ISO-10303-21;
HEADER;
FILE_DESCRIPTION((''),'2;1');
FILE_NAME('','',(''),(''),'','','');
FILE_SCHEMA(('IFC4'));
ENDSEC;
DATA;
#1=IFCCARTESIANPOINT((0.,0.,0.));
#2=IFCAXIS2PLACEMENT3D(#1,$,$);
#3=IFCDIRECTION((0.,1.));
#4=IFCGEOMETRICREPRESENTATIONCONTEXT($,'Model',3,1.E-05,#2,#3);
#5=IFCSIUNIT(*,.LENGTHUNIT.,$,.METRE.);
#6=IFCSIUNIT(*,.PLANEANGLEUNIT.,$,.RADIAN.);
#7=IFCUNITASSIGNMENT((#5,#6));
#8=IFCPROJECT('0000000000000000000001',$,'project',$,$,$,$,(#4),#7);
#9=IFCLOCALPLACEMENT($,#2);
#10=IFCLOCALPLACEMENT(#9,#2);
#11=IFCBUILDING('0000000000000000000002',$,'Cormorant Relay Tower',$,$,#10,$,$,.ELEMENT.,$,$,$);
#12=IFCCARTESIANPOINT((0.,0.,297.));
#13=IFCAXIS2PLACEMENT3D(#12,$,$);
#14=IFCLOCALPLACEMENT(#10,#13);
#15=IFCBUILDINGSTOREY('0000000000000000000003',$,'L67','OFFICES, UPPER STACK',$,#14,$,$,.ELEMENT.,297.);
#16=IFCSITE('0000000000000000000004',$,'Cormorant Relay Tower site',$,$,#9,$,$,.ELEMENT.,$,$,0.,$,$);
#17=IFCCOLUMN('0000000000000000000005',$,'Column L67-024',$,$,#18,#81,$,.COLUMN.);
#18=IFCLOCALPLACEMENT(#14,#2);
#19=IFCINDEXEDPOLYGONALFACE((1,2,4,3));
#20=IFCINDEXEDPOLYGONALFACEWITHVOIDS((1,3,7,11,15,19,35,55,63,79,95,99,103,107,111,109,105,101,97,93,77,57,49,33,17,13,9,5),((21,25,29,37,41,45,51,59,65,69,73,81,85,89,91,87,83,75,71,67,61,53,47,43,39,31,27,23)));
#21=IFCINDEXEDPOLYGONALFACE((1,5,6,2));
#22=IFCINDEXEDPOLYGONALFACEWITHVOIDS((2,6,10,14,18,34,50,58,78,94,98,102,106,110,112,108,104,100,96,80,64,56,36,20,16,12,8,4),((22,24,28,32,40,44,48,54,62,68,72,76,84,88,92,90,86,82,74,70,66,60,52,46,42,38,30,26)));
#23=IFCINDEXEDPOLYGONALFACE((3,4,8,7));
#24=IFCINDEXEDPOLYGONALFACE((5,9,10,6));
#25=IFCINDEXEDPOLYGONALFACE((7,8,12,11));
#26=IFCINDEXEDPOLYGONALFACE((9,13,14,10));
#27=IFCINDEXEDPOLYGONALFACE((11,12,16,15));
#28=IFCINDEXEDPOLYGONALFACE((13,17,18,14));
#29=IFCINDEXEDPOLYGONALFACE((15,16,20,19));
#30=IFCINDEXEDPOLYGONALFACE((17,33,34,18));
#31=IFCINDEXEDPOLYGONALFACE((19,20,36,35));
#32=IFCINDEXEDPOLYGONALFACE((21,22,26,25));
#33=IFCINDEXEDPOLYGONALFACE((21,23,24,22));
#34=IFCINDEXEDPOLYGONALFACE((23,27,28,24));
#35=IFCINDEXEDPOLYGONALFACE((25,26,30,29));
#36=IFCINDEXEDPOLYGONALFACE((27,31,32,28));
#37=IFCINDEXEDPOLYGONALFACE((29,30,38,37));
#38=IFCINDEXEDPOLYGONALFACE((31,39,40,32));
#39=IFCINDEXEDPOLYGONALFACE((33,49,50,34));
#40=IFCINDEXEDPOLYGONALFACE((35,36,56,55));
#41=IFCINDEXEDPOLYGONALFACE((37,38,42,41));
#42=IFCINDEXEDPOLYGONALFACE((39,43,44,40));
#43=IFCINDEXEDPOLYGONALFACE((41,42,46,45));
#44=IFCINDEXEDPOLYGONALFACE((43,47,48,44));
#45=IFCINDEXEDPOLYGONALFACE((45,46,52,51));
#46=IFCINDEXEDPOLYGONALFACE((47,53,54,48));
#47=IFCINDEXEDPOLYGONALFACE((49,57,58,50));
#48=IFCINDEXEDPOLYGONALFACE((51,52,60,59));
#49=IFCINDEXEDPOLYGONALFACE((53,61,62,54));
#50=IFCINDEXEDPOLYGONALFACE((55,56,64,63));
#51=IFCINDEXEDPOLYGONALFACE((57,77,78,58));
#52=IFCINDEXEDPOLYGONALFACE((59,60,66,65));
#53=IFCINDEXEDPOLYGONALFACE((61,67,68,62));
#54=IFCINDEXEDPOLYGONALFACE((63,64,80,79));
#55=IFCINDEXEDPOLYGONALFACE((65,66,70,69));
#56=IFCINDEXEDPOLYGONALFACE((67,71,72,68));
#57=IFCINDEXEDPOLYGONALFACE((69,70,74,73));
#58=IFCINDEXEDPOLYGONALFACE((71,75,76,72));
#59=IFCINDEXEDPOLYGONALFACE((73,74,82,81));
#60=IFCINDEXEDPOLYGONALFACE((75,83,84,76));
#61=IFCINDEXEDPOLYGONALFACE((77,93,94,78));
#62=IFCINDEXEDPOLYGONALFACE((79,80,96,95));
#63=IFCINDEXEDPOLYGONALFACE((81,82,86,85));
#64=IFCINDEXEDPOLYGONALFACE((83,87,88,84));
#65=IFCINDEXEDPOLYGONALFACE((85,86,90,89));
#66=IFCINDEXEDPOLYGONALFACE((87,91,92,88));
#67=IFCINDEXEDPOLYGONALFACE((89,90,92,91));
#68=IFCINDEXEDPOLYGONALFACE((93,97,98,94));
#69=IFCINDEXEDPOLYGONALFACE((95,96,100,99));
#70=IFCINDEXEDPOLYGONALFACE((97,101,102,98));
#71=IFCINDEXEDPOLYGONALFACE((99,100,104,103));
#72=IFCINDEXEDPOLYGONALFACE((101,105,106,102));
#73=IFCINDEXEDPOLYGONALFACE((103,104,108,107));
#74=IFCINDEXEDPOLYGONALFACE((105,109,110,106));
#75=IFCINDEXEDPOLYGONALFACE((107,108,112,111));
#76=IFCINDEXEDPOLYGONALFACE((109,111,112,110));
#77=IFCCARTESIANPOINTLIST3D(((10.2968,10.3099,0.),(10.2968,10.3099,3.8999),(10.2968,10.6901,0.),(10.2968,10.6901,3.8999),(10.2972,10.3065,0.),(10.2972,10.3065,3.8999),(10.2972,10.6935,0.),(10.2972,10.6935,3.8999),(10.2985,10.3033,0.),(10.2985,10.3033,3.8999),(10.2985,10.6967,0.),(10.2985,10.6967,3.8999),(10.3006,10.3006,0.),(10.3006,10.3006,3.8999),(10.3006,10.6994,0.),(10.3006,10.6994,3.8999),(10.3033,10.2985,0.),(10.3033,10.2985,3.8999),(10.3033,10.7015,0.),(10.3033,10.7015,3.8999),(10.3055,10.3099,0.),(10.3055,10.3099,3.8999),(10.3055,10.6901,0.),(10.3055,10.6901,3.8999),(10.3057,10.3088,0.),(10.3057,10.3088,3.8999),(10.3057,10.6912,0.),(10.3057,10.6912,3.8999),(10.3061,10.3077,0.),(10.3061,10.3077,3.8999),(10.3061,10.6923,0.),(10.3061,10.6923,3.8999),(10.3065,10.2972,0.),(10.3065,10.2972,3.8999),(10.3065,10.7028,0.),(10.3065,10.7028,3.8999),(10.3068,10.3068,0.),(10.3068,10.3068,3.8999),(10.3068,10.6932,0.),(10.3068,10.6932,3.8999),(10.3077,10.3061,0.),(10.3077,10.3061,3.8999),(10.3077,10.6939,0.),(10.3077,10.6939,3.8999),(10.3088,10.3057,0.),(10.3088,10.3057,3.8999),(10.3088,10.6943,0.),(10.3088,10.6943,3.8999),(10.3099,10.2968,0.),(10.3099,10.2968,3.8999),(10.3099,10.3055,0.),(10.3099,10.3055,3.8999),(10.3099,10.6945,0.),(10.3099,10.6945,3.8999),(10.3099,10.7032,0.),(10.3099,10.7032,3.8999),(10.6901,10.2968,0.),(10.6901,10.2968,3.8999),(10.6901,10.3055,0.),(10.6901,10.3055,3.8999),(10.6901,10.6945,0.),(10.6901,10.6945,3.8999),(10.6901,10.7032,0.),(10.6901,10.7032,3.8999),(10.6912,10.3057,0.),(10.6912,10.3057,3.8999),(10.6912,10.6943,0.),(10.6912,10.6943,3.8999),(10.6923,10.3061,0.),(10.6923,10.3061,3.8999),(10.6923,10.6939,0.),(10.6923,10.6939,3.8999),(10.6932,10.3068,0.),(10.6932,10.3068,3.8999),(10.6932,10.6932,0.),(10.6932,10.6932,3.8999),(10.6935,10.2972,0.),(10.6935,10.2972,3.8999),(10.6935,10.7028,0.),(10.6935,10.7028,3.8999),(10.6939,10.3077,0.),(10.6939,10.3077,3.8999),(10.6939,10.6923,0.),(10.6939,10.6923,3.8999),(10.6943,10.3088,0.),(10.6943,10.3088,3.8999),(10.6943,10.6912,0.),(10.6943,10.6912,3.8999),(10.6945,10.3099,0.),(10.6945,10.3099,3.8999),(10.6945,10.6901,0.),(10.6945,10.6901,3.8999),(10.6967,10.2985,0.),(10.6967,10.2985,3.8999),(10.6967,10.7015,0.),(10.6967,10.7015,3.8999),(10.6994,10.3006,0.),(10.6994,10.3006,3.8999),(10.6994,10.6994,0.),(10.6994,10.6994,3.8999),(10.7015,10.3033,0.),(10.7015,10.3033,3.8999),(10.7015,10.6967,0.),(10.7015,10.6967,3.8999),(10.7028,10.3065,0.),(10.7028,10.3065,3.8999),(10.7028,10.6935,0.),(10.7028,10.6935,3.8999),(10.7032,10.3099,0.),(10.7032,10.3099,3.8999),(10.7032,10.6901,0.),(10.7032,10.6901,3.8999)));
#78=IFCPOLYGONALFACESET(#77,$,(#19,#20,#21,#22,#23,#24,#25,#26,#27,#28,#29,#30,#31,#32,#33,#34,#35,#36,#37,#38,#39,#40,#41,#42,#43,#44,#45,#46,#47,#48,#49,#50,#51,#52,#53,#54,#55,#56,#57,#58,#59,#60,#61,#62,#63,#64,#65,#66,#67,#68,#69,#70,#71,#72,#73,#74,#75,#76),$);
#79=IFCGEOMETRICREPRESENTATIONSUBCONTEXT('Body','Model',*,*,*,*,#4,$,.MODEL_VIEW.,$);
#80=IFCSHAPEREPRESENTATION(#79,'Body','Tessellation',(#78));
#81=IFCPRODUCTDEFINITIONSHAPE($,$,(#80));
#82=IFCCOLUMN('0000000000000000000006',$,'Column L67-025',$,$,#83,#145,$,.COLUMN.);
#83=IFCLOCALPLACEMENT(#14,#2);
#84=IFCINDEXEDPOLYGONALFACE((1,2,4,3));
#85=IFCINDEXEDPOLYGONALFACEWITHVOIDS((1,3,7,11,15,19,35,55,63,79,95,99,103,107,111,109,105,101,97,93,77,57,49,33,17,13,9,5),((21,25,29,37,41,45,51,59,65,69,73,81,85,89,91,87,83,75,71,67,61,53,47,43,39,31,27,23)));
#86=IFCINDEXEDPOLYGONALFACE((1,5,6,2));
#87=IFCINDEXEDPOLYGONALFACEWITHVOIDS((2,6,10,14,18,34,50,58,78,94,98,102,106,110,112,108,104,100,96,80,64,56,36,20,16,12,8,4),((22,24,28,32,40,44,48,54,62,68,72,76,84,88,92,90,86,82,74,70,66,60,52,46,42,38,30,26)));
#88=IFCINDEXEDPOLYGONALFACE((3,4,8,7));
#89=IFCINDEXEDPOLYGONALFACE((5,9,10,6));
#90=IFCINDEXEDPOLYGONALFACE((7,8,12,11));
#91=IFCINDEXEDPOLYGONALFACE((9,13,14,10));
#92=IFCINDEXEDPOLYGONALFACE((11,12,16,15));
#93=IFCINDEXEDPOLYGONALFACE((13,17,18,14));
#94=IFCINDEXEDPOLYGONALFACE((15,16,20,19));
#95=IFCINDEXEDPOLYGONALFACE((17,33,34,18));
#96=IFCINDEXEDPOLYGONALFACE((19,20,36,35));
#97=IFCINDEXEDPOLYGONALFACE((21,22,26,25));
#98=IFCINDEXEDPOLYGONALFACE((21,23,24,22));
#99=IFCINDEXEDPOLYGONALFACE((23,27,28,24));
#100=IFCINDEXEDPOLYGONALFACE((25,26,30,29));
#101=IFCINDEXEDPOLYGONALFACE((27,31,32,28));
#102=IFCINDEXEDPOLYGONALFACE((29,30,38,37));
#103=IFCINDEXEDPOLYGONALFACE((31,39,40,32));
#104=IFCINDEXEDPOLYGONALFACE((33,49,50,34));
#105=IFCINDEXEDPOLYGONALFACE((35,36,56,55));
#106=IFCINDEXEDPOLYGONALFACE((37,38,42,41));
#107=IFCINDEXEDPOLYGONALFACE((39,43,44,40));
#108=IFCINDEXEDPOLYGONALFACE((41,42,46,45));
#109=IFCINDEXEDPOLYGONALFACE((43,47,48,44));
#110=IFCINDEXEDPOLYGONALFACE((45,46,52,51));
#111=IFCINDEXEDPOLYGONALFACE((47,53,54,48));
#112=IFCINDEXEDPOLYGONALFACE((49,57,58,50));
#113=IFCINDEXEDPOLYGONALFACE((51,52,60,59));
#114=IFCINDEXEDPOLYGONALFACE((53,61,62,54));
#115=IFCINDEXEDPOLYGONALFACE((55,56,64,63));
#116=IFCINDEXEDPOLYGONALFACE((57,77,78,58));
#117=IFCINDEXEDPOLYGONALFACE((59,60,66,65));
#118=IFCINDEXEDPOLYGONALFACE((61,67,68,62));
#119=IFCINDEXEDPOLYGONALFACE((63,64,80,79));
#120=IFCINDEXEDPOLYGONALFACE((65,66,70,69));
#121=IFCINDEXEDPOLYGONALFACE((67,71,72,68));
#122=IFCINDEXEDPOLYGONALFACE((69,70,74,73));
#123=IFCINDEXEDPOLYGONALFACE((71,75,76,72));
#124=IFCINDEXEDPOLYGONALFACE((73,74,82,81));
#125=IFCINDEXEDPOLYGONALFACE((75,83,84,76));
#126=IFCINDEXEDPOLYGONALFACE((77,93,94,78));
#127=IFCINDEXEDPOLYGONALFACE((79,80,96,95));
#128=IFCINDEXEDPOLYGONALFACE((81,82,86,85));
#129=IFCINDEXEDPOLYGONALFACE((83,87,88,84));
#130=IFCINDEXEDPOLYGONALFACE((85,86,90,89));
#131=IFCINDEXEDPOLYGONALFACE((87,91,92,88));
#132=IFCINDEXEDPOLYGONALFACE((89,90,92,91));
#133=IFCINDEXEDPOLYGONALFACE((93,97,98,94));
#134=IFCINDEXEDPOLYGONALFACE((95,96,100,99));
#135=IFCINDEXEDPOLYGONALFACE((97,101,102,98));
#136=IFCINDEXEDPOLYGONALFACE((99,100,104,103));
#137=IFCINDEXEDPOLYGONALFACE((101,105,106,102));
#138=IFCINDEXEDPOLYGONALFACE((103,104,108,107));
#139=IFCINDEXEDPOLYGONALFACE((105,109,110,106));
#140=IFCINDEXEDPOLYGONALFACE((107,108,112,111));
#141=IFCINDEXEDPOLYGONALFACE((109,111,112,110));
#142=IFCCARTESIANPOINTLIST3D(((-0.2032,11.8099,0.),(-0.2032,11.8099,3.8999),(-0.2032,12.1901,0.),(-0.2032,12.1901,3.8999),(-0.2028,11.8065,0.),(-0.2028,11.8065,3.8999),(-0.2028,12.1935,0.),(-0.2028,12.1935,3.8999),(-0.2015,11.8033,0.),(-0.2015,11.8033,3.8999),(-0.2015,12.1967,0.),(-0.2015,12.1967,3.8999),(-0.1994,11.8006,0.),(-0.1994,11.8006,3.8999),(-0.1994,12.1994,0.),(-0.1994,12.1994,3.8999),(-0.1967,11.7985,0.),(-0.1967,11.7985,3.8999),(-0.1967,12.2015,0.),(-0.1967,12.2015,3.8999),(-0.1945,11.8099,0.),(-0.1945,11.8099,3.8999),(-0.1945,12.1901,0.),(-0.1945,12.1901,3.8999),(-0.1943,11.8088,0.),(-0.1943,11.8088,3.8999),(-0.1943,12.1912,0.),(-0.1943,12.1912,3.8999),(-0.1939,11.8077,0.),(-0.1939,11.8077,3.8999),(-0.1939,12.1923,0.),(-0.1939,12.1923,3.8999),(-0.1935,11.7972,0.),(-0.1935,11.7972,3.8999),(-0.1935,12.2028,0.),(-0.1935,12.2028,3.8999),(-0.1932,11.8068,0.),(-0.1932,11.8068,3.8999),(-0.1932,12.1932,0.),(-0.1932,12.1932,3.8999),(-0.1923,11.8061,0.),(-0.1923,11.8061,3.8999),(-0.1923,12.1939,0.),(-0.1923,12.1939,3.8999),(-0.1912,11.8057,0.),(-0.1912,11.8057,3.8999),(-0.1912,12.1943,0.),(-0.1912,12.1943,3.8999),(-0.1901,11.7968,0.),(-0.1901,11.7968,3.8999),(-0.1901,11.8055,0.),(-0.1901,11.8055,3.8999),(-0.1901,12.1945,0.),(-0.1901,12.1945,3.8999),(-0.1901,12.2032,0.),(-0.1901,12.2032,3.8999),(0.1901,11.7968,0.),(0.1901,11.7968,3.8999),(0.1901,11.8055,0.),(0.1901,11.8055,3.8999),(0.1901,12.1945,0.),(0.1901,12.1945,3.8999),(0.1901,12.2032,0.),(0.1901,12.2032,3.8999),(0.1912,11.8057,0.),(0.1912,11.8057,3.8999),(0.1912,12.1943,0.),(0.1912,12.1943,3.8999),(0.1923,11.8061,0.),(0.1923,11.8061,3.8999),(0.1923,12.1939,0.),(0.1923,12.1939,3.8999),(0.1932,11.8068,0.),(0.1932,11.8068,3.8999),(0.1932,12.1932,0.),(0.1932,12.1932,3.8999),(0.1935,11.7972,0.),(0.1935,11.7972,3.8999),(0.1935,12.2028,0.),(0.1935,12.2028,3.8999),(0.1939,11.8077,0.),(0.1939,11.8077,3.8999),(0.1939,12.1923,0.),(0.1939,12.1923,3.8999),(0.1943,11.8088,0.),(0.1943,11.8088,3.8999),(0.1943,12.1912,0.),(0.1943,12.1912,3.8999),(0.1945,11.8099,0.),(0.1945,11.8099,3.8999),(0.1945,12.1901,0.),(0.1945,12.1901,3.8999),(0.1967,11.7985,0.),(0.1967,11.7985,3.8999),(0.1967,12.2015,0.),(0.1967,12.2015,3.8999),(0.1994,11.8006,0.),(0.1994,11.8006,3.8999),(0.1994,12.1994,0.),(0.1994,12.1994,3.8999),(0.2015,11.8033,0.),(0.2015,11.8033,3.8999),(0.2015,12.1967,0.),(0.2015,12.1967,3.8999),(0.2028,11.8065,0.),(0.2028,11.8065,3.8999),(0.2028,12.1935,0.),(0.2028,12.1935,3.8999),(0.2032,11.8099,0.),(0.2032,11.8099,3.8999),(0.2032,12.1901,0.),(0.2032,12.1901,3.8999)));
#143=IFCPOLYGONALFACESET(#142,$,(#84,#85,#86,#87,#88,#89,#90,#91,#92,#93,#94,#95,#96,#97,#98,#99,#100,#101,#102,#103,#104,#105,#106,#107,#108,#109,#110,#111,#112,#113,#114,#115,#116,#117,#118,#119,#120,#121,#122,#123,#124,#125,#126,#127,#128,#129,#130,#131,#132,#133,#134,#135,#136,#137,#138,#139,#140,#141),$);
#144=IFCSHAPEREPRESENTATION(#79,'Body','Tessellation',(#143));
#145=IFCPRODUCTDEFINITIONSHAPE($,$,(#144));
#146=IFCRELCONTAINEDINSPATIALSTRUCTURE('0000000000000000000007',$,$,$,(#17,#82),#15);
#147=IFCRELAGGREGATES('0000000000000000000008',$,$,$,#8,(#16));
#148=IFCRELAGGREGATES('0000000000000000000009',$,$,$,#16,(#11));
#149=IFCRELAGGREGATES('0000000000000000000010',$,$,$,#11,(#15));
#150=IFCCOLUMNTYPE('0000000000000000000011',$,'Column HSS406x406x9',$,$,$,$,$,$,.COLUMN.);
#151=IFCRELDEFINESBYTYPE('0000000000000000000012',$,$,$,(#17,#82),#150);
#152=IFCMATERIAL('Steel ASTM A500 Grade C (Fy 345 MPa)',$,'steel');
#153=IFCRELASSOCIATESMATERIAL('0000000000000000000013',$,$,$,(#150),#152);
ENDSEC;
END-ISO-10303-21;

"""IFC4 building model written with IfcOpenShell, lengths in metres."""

from ifc_helpers import new_model, si_unit, direction, frame, origin, origin_2d, place, context, subcontext, project, spatial, hollow_rectangle, extrude, material, material_profile, profile_set, type_object, element, save


model = new_model("IFC4")

# Units and contexts
model_context = context("Model", 3, precision=1e-05, world=origin(), true_north=direction((0.0, 1.0)))
body_context = subcontext(model_context, "Body", "Model", "MODEL_VIEW")
ifc_project = project(units=[si_unit("LENGTHUNIT", "METRE"), si_unit("PLANEANGLEUNIT", "RADIAN")], contexts=[model_context])

# Site, building, storey
site_placement = place(None, origin())
site = spatial("IfcSite", under=ifc_project, at=site_placement, Name="Cormorant Relay Tower site", CompositionType="ELEMENT", RefElevation=0.0)
building_placement = place(site_placement, origin())
building = spatial("IfcBuilding", under=site, at=building_placement, Name="Cormorant Relay Tower", CompositionType="ELEMENT")
storey_placement = place(building_placement, frame((0.0, 0.0, 297.0)))
storey = spatial("IfcBuildingStorey", under=building, at=storey_placement, Name="L67", Description="OFFICES, UPPER STACK", CompositionType="ELEMENT", Elevation=297.0)

# Columns
ifc_material_1 = material(Name="Steel ASTM A500 Grade C (Fy 345 MPa)", Category="steel")
ifc_material_profile = material_profile(ifc_material_1, hollow_rectangle(XDim=0.4065, YDim=0.4065, WallThickness=0.0088, InnerFilletRadius=0.0044, OuterFilletRadius=0.0132, at=origin_2d()), Name="HSS406x406x9")
ifc_profile_set = profile_set([ifc_material_profile], Name="Steel ASTM A500 Grade C (Fy 345 MPa)")
column_type = type_object("IfcColumnType", Name="Column HSS406x406x9", PredefinedType="COLUMN", material=ifc_profile_set)
for number, where, z_axis, x_axis, name in (
    (1, (10.5, 10.5, 0.0), (0.0, 0.0, 1.0), (1.0, 0.0, 0.0), "Column L67-024"),
    (2, (0.0, 12.0, 0.0), (0.0, 0.0, 1.0), (1.0, 0.0, 0.0), "Column L67-025"),
):
    element("IfcColumn", number, at=place(storey_placement, frame(where, z_axis=z_axis, x_axis=x_axis)), inside=storey, type_object=column_type, Name=name, PredefinedType="COLUMN", context=body_context, shape_type="SweptSolid", body=[
        extrude(hollow_rectangle(XDim=0.4065, YDim=0.4065, WallThickness=0.0088, InnerFilletRadius=0.0044, OuterFilletRadius=0.0132, at=origin_2d()), origin(), (0.0, 0.0, 1.0), 3.8999),
    ])

save(model, "model.ifc")
